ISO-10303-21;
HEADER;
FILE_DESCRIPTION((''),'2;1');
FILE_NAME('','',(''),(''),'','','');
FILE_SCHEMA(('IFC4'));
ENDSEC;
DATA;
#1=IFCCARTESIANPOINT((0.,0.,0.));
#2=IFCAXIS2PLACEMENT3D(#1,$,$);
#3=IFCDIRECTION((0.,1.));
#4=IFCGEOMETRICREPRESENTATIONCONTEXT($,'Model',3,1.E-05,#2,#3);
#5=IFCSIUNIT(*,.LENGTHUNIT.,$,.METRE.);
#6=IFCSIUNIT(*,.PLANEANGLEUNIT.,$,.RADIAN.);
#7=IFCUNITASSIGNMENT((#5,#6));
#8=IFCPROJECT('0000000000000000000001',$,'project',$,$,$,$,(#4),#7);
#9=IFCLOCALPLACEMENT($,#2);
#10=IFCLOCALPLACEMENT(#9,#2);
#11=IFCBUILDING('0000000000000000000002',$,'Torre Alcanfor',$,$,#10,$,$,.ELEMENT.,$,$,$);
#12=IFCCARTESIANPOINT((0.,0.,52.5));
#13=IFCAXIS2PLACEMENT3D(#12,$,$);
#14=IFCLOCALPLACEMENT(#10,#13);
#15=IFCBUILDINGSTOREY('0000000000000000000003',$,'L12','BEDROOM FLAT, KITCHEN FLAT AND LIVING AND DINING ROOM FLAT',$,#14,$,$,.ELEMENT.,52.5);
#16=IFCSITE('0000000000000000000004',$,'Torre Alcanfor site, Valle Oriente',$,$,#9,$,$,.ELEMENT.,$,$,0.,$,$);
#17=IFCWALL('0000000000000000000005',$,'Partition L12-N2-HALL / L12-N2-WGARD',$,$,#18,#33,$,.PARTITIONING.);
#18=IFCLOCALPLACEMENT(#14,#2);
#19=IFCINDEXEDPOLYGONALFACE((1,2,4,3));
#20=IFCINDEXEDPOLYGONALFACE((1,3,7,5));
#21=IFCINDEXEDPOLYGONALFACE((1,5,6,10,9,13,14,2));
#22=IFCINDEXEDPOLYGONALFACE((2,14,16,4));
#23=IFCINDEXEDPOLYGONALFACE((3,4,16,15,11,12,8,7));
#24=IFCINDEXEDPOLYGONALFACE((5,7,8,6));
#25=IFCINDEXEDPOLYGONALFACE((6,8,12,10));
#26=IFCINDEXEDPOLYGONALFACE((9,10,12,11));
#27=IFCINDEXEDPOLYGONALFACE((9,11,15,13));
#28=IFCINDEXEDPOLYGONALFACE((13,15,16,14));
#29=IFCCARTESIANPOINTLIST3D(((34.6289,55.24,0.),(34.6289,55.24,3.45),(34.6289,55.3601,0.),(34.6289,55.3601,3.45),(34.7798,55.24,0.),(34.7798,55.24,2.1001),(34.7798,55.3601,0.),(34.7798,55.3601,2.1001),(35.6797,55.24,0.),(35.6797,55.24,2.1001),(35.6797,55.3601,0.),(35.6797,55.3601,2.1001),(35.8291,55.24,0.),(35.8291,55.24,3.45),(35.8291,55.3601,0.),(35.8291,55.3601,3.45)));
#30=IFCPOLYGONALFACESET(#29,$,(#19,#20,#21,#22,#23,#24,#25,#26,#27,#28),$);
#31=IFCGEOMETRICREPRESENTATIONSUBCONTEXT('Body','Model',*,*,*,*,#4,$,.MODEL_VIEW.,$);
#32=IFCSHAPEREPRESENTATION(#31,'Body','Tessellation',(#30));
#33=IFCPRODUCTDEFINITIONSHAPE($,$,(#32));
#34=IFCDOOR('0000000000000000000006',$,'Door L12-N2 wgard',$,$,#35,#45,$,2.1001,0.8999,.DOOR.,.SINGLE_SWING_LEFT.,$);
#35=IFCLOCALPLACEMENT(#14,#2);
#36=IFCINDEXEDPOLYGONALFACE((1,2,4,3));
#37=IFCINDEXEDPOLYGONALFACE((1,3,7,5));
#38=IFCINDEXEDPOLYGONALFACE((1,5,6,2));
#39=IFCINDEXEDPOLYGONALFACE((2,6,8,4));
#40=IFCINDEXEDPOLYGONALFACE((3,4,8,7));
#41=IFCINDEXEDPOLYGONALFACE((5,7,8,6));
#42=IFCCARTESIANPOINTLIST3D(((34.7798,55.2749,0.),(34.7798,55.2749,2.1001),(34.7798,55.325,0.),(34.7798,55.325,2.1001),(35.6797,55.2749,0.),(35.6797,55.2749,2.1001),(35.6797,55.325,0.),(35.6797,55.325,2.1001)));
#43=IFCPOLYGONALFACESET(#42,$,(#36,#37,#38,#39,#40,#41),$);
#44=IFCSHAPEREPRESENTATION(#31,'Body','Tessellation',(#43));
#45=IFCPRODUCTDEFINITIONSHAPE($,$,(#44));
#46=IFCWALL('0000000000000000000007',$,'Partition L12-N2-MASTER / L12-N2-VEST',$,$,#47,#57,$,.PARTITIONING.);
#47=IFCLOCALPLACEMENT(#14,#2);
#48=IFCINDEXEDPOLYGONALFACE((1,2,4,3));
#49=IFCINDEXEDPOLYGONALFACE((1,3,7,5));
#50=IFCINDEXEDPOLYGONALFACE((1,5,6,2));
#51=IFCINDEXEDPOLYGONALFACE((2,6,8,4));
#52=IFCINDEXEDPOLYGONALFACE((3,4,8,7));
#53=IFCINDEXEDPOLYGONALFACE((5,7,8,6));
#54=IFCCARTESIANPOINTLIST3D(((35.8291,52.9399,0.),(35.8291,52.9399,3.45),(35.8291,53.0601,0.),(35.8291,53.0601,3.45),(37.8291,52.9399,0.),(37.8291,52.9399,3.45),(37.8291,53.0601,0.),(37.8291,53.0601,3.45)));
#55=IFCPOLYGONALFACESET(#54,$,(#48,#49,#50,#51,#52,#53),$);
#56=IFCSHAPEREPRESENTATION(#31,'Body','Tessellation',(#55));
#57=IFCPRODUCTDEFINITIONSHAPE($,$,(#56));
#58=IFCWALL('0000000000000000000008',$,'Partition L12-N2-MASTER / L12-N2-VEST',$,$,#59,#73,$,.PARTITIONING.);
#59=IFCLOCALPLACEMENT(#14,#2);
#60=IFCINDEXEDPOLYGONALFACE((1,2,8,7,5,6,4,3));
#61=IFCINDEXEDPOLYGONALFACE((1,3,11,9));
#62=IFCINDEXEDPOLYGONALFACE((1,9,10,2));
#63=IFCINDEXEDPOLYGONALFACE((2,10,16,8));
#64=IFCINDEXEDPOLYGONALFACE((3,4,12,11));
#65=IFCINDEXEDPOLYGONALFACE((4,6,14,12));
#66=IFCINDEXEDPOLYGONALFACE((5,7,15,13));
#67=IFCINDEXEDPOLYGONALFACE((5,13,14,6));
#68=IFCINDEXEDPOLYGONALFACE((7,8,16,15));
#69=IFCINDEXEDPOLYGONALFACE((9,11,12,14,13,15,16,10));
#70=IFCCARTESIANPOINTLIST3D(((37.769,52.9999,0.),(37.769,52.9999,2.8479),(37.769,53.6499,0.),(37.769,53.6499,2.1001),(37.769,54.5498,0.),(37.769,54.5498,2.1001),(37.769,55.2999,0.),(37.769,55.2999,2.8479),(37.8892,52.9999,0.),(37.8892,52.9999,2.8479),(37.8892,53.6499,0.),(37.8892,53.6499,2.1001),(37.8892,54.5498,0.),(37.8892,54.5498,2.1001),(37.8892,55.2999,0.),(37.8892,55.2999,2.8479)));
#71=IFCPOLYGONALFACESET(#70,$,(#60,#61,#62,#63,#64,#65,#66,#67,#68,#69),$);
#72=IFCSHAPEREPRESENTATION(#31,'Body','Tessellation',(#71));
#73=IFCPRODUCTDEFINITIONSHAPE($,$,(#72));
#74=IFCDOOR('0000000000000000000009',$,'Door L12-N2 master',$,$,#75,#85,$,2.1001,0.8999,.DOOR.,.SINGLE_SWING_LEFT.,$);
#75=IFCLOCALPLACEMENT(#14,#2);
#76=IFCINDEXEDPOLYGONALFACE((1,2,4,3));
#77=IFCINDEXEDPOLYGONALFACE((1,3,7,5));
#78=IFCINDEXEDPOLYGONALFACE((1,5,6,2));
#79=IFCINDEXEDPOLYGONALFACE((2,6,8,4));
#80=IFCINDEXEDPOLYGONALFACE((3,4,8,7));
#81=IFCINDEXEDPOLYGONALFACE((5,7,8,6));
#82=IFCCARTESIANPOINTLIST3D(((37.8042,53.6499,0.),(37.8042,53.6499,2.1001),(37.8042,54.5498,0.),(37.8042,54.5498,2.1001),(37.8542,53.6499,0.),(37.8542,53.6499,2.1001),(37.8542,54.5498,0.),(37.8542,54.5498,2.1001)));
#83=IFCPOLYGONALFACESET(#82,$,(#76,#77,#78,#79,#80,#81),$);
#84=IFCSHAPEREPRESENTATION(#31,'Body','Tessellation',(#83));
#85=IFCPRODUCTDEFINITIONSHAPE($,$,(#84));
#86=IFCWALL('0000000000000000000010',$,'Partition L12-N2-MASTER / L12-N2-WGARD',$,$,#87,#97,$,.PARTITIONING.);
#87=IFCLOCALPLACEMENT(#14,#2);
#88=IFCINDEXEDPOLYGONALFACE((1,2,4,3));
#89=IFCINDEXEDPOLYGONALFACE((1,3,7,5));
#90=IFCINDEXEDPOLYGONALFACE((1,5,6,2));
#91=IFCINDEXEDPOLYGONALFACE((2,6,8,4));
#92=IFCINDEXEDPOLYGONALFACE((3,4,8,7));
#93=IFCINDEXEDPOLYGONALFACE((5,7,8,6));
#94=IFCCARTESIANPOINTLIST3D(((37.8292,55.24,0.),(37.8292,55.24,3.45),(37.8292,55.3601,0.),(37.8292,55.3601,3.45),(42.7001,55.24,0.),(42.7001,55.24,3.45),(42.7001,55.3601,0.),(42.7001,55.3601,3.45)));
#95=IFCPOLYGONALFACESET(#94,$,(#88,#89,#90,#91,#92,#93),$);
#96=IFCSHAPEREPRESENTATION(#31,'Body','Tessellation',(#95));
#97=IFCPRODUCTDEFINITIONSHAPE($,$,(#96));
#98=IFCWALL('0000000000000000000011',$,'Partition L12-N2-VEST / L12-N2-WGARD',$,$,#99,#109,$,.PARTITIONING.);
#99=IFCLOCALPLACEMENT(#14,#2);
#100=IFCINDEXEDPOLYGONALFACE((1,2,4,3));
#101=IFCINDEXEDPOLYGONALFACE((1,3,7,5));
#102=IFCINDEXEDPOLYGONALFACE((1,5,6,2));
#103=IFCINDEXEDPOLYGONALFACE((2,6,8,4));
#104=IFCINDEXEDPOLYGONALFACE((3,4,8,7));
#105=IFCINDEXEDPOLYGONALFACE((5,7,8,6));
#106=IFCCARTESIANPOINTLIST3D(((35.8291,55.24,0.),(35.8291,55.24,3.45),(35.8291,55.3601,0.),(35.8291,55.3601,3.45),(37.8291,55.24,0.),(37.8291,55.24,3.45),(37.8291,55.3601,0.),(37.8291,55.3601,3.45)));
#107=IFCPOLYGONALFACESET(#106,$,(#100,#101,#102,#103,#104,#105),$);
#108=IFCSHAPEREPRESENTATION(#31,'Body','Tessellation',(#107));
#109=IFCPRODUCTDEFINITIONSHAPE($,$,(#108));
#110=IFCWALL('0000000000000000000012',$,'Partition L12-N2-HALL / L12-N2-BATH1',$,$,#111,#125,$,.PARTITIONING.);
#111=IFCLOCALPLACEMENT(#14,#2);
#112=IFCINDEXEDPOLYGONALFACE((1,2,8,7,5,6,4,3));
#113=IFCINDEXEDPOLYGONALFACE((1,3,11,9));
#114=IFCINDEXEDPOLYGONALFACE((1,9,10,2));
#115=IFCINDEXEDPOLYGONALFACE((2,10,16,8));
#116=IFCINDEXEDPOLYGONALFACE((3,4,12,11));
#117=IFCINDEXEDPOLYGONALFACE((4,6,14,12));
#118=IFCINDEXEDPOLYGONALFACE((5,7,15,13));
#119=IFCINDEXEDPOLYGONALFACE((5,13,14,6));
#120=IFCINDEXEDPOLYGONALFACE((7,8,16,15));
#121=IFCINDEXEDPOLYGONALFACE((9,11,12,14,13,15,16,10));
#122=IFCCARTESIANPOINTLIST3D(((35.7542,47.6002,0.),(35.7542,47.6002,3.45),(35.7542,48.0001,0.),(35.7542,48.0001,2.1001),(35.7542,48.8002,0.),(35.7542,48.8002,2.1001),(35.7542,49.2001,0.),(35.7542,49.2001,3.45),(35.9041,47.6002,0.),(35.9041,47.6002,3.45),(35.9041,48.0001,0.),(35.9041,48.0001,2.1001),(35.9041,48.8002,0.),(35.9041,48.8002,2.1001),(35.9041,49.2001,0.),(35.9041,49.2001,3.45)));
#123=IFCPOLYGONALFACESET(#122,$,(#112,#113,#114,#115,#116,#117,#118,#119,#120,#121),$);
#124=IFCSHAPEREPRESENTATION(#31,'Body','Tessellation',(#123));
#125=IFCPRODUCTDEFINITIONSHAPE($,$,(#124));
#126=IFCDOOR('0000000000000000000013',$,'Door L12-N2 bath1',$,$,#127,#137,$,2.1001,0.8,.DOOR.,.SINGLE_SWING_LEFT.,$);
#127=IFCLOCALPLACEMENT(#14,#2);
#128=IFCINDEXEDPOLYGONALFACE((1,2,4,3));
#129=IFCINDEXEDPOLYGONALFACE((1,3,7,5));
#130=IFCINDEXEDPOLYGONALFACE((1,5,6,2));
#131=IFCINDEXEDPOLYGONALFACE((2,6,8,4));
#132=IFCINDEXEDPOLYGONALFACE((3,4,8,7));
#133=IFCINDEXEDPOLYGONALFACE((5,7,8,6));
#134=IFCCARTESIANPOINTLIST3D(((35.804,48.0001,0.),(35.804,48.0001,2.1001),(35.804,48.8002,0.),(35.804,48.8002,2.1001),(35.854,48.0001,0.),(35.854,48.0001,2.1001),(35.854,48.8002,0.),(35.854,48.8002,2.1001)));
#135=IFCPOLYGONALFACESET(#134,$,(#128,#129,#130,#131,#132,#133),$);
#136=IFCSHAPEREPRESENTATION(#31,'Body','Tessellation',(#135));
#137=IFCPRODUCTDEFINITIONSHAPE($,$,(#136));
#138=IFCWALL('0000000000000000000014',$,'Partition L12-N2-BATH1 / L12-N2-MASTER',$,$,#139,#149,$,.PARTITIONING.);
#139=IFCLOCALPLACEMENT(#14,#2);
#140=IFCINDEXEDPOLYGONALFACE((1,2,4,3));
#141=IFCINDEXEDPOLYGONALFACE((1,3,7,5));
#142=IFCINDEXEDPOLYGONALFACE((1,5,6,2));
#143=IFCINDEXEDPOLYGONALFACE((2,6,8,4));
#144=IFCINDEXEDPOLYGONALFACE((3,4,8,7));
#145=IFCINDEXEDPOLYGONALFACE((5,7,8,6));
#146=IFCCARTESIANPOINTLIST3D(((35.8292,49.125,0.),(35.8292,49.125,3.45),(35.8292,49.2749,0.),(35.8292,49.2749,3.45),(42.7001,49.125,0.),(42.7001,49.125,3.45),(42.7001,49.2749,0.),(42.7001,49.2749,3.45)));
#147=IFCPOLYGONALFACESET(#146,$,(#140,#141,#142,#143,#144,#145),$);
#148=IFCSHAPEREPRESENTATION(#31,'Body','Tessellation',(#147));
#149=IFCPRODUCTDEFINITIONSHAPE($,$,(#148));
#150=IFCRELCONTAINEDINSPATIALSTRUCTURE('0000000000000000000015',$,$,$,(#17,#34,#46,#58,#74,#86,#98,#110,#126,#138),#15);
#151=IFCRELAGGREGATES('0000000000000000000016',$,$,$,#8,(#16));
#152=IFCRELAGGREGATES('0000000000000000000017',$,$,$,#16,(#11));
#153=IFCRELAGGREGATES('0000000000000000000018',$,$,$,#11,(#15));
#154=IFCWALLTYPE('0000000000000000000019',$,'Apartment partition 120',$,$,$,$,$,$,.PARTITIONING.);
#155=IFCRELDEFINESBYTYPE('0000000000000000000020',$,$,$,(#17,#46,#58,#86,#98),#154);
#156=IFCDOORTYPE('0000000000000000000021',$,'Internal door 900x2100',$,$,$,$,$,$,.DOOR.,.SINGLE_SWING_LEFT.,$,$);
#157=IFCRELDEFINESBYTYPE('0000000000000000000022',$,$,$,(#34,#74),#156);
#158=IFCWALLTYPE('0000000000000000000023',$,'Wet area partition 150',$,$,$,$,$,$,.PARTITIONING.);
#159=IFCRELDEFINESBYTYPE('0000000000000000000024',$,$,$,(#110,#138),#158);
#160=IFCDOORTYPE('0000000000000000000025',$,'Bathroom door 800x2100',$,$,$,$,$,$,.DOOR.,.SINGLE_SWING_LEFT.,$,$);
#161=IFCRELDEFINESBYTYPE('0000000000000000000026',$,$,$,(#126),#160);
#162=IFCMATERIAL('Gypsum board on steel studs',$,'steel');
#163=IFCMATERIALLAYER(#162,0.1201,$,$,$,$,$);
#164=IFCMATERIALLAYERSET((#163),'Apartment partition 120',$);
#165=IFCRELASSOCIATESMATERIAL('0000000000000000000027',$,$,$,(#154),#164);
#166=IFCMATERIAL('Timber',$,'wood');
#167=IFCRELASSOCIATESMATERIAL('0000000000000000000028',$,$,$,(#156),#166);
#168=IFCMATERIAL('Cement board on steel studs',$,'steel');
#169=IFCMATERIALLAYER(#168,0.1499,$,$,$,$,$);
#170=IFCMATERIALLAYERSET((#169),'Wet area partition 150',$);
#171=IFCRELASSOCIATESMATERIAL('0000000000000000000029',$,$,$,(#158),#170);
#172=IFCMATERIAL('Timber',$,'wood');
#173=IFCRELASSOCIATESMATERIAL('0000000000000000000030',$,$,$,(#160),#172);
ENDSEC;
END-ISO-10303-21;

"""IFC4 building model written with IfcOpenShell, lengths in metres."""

from ifc_helpers import new_model, si_unit, direction, frame, frame_2d, origin, place, context, subcontext, project, spatial, rectangle, extrude, material, layer, layer_set, type_object, element, fill, save


model = new_model("IFC4")

# Units and contexts
model_context = context("Model", 3, precision=1e-05, world=origin(), true_north=direction((0.0, 1.0)))
body_context = subcontext(model_context, "Body", "Model", "MODEL_VIEW")
ifc_project = project(units=[si_unit("LENGTHUNIT", "METRE"), si_unit("PLANEANGLEUNIT", "RADIAN")], contexts=[model_context])

# Site, building, storey
site_placement = place(None, origin())
site = spatial("IfcSite", under=ifc_project, at=site_placement, Name="Torre Alcanfor site, Valle Oriente", CompositionType="ELEMENT", RefElevation=0.0)
building_placement = place(site_placement, origin())
building = spatial("IfcBuilding", under=site, at=building_placement, Name="Torre Alcanfor", CompositionType="ELEMENT")
storey_placement = place(building_placement, frame((0.0, 0.0, 52.5)))
storey = spatial("IfcBuildingStorey", under=building, at=storey_placement, Name="L12", Description="BEDROOM FLAT, KITCHEN FLAT AND LIVING AND DINING ROOM FLAT", CompositionType="ELEMENT", Elevation=52.5)

# Shared definitions
ifc_material_1 = material(Name="Gypsum board on steel studs", Category="steel")
ifc_layer_1 = layer(ifc_material_1, 0.1201)
ifc_layer_set_1 = layer_set([ifc_layer_1], Name="Apartment partition 120")
wall_type_1 = type_object("IfcWallType", Name="Apartment partition 120", PredefinedType="PARTITIONING", material=ifc_layer_set_1)

# Wall, opening, door
ifc_material_2 = material(Name="Timber", Category="wood")
door_type_1 = type_object("IfcDoorType", Name="Internal door 900x2100", OperationType="SINGLE_SWING_LEFT", PredefinedType="DOOR", material=ifc_material_2)
wall_1_placement = place(storey_placement, frame((34.6289, 55.3, 0.0), z_axis=(0.0, 0.0, 1.0), x_axis=(1.0, 0.0, 0.0)))
wall_1 = element("IfcWall", 1, at=wall_1_placement, inside=storey, type_object=wall_type_1, Name="Partition L12-N2-HALL / L12-N2-WGARD", PredefinedType="PARTITIONING", context=body_context, shape_type="SweptSolid", body=[
    extrude(rectangle(XDim=1.2002, YDim=0.1201, at=frame_2d((0.6001, 0.0))), origin(), (0.0, 0.0, 1.0), 3.45),
])
opening_1_placement = place(wall_1_placement, frame((0.1509, 0.0, 0.0)))
opening_1 = element("IfcOpeningElement", 2, at=opening_1_placement, cuts=wall_1, PredefinedType="OPENING", context=body_context, shape_type="SweptSolid", body=[
    extrude(rectangle(XDim=0.8999, YDim=2.1001, at=frame_2d((0.45, 1.05))), frame((0.0, 0.0701, 0.0), z_axis=(0.0, -1.0, 0.0), x_axis=(1.0, 0.0, 0.0)), (0.0, 0.0, 1.0), 0.1401),
])
door_1_placement = place(opening_1_placement, origin())
door_1 = element("IfcDoor", 3, at=door_1_placement, inside=storey, type_object=door_type_1, Name="Door L12-N2 wgard", OperationType="SINGLE_SWING_LEFT", OverallHeight=2.1001, OverallWidth=0.8999, PredefinedType="DOOR", context=body_context, shape_type="SweptSolid", body=[
    extrude(rectangle(XDim=0.8999, YDim=2.1001, at=frame_2d((0.45, 1.05))), frame((0.0, 0.0249, 0.0), z_axis=(0.0, -1.0, 0.0), x_axis=(1.0, 0.0, 0.0)), (0.0, 0.0, 1.0), 0.05),
])
fill(opening_1, door_1)

# Wall
wall_2_placement = place(storey_placement, frame((35.8291, 53.0, 0.0), z_axis=(0.0, 0.0, 1.0), x_axis=(1.0, 0.0, 0.0)))
element("IfcWall", 4, at=wall_2_placement, inside=storey, type_object=wall_type_1, Name="Partition L12-N2-MASTER / L12-N2-VEST", PredefinedType="PARTITIONING", context=body_context, shape_type="SweptSolid", body=[
    extrude(rectangle(XDim=2.0, YDim=0.1201, at=frame_2d((1.0, 0.0))), origin(), (0.0, 0.0, 1.0), 3.45),
])

# Wall, opening, door
wall_3_placement = place(storey_placement, frame((37.8291, 53.0, 0.0), z_axis=(0.0, 0.0, 1.0), x_axis=(0.0, 1.0, 0.0)))
wall_3 = element("IfcWall", 5, at=wall_3_placement, inside=storey, type_object=wall_type_1, Name="Partition L12-N2-MASTER / L12-N2-VEST", PredefinedType="PARTITIONING", context=body_context, shape_type="SweptSolid", body=[
    extrude(rectangle(XDim=2.3, YDim=0.1201, at=frame_2d((1.1499, 0.0))), origin(), (0.0, 0.0, 1.0), 2.8479),
])
opening_2_placement = place(wall_3_placement, frame((0.6499, 0.0, 0.0)))
opening_2 = element("IfcOpeningElement", 6, at=opening_2_placement, cuts=wall_3, PredefinedType="OPENING", context=body_context, shape_type="SweptSolid", body=[
    extrude(rectangle(XDim=0.8999, YDim=2.1001, at=frame_2d((0.45, 1.05))), frame((0.0, 0.0701, 0.0), z_axis=(0.0, -1.0, 0.0), x_axis=(1.0, 0.0, 0.0)), (0.0, 0.0, 1.0), 0.1401),
])
door_2_placement = place(opening_2_placement, origin())
door_2 = element("IfcDoor", 7, at=door_2_placement, inside=storey, type_object=door_type_1, Name="Door L12-N2 master", OperationType="SINGLE_SWING_LEFT", OverallHeight=2.1001, OverallWidth=0.8999, PredefinedType="DOOR", context=body_context, shape_type="SweptSolid", body=[
    extrude(rectangle(XDim=0.8999, YDim=2.1001, at=frame_2d((0.45, 1.05))), frame((0.0, 0.0249, 0.0), z_axis=(0.0, -1.0, 0.0), x_axis=(1.0, 0.0, 0.0)), (0.0, 0.0, 1.0), 0.05),
])
fill(opening_2, door_2)

# Walls
wall_4_placement = place(storey_placement, frame((37.8291, 55.3, 0.0), z_axis=(0.0, 0.0, 1.0), x_axis=(1.0, 0.0, 0.0)))
element("IfcWall", 8, at=wall_4_placement, inside=storey, type_object=wall_type_1, Name="Partition L12-N2-MASTER / L12-N2-WGARD", PredefinedType="PARTITIONING", context=body_context, shape_type="SweptSolid", body=[
    extrude(rectangle(XDim=4.8708, YDim=0.1201, at=frame_2d((2.4355, 0.0))), origin(), (0.0, 0.0, 1.0), 3.45),
])
wall_5_placement = place(storey_placement, frame((35.8291, 55.3, 0.0), z_axis=(0.0, 0.0, 1.0), x_axis=(1.0, 0.0, 0.0)))
element("IfcWall", 9, at=wall_5_placement, inside=storey, type_object=wall_type_1, Name="Partition L12-N2-VEST / L12-N2-WGARD", PredefinedType="PARTITIONING", context=body_context, shape_type="SweptSolid", body=[
    extrude(rectangle(XDim=2.0, YDim=0.1201, at=frame_2d((1.0, 0.0))), origin(), (0.0, 0.0, 1.0), 3.45),
])

# Wall, opening, door
ifc_material_3 = material(Name="Cement board on steel studs", Category="steel")
ifc_layer_2 = layer(ifc_material_3, 0.1499)
ifc_layer_set_2 = layer_set([ifc_layer_2], Name="Wet area partition 150")
wall_type_2 = type_object("IfcWallType", Name="Wet area partition 150", PredefinedType="PARTITIONING", material=ifc_layer_set_2)
wall_6_placement = place(storey_placement, frame((35.8291, 49.2, 0.0), z_axis=(0.0, 0.0, 1.0), x_axis=(0.0, -1.0, 0.0)))
wall_6 = element("IfcWall", 10, at=wall_6_placement, inside=storey, type_object=wall_type_2, Name="Partition L12-N2-HALL / L12-N2-BATH1", PredefinedType="PARTITIONING", context=body_context, shape_type="SweptSolid", body=[
    extrude(rectangle(XDim=1.5999, YDim=0.1499, at=frame_2d((0.7998, 0.0))), origin(), (0.0, 0.0, 1.0), 3.45),
])
opening_3_placement = place(wall_6_placement, frame((0.3999, 0.0, 0.0)))
opening_3 = element("IfcOpeningElement", 11, at=opening_3_placement, cuts=wall_6, PredefinedType="OPENING", context=body_context, shape_type="SweptSolid", body=[
    extrude(rectangle(XDim=0.8, YDim=2.1001, at=frame_2d((0.3999, 1.05))), frame((0.0, 0.085, 0.0), z_axis=(0.0, -1.0, 0.0), x_axis=(1.0, 0.0, 0.0)), (0.0, 0.0, 1.0), 0.1699),
])
ifc_material_4 = material(Name="Timber", Category="wood")
door_type_2 = type_object("IfcDoorType", Name="Bathroom door 800x2100", OperationType="SINGLE_SWING_LEFT", PredefinedType="DOOR", material=ifc_material_4)
door_3_placement = place(opening_3_placement, origin())
door_3 = element("IfcDoor", 12, at=door_3_placement, inside=storey, type_object=door_type_2, Name="Door L12-N2 bath1", OperationType="SINGLE_SWING_LEFT", OverallHeight=2.1001, OverallWidth=0.8, PredefinedType="DOOR", context=body_context, shape_type="SweptSolid", body=[
    extrude(rectangle(XDim=0.8, YDim=2.1001, at=frame_2d((0.3999, 1.05))), frame((0.0, 0.0249, 0.0), z_axis=(0.0, -1.0, 0.0), x_axis=(1.0, 0.0, 0.0)), (0.0, 0.0, 1.0), 0.05),
])
fill(opening_3, door_3)

# Wall
wall_7_placement = place(storey_placement, frame((35.8291, 49.2, 0.0), z_axis=(0.0, 0.0, 1.0), x_axis=(1.0, 0.0, 0.0)))
element("IfcWall", 13, at=wall_7_placement, inside=storey, type_object=wall_type_2, Name="Partition L12-N2-BATH1 / L12-N2-MASTER", PredefinedType="PARTITIONING", context=body_context, shape_type="SweptSolid", body=[
    extrude(rectangle(XDim=6.8708, YDim=0.1499, at=frame_2d((3.4355, 0.0))), origin(), (0.0, 0.0, 1.0), 3.45),
])

save(model, "model.ifc")
